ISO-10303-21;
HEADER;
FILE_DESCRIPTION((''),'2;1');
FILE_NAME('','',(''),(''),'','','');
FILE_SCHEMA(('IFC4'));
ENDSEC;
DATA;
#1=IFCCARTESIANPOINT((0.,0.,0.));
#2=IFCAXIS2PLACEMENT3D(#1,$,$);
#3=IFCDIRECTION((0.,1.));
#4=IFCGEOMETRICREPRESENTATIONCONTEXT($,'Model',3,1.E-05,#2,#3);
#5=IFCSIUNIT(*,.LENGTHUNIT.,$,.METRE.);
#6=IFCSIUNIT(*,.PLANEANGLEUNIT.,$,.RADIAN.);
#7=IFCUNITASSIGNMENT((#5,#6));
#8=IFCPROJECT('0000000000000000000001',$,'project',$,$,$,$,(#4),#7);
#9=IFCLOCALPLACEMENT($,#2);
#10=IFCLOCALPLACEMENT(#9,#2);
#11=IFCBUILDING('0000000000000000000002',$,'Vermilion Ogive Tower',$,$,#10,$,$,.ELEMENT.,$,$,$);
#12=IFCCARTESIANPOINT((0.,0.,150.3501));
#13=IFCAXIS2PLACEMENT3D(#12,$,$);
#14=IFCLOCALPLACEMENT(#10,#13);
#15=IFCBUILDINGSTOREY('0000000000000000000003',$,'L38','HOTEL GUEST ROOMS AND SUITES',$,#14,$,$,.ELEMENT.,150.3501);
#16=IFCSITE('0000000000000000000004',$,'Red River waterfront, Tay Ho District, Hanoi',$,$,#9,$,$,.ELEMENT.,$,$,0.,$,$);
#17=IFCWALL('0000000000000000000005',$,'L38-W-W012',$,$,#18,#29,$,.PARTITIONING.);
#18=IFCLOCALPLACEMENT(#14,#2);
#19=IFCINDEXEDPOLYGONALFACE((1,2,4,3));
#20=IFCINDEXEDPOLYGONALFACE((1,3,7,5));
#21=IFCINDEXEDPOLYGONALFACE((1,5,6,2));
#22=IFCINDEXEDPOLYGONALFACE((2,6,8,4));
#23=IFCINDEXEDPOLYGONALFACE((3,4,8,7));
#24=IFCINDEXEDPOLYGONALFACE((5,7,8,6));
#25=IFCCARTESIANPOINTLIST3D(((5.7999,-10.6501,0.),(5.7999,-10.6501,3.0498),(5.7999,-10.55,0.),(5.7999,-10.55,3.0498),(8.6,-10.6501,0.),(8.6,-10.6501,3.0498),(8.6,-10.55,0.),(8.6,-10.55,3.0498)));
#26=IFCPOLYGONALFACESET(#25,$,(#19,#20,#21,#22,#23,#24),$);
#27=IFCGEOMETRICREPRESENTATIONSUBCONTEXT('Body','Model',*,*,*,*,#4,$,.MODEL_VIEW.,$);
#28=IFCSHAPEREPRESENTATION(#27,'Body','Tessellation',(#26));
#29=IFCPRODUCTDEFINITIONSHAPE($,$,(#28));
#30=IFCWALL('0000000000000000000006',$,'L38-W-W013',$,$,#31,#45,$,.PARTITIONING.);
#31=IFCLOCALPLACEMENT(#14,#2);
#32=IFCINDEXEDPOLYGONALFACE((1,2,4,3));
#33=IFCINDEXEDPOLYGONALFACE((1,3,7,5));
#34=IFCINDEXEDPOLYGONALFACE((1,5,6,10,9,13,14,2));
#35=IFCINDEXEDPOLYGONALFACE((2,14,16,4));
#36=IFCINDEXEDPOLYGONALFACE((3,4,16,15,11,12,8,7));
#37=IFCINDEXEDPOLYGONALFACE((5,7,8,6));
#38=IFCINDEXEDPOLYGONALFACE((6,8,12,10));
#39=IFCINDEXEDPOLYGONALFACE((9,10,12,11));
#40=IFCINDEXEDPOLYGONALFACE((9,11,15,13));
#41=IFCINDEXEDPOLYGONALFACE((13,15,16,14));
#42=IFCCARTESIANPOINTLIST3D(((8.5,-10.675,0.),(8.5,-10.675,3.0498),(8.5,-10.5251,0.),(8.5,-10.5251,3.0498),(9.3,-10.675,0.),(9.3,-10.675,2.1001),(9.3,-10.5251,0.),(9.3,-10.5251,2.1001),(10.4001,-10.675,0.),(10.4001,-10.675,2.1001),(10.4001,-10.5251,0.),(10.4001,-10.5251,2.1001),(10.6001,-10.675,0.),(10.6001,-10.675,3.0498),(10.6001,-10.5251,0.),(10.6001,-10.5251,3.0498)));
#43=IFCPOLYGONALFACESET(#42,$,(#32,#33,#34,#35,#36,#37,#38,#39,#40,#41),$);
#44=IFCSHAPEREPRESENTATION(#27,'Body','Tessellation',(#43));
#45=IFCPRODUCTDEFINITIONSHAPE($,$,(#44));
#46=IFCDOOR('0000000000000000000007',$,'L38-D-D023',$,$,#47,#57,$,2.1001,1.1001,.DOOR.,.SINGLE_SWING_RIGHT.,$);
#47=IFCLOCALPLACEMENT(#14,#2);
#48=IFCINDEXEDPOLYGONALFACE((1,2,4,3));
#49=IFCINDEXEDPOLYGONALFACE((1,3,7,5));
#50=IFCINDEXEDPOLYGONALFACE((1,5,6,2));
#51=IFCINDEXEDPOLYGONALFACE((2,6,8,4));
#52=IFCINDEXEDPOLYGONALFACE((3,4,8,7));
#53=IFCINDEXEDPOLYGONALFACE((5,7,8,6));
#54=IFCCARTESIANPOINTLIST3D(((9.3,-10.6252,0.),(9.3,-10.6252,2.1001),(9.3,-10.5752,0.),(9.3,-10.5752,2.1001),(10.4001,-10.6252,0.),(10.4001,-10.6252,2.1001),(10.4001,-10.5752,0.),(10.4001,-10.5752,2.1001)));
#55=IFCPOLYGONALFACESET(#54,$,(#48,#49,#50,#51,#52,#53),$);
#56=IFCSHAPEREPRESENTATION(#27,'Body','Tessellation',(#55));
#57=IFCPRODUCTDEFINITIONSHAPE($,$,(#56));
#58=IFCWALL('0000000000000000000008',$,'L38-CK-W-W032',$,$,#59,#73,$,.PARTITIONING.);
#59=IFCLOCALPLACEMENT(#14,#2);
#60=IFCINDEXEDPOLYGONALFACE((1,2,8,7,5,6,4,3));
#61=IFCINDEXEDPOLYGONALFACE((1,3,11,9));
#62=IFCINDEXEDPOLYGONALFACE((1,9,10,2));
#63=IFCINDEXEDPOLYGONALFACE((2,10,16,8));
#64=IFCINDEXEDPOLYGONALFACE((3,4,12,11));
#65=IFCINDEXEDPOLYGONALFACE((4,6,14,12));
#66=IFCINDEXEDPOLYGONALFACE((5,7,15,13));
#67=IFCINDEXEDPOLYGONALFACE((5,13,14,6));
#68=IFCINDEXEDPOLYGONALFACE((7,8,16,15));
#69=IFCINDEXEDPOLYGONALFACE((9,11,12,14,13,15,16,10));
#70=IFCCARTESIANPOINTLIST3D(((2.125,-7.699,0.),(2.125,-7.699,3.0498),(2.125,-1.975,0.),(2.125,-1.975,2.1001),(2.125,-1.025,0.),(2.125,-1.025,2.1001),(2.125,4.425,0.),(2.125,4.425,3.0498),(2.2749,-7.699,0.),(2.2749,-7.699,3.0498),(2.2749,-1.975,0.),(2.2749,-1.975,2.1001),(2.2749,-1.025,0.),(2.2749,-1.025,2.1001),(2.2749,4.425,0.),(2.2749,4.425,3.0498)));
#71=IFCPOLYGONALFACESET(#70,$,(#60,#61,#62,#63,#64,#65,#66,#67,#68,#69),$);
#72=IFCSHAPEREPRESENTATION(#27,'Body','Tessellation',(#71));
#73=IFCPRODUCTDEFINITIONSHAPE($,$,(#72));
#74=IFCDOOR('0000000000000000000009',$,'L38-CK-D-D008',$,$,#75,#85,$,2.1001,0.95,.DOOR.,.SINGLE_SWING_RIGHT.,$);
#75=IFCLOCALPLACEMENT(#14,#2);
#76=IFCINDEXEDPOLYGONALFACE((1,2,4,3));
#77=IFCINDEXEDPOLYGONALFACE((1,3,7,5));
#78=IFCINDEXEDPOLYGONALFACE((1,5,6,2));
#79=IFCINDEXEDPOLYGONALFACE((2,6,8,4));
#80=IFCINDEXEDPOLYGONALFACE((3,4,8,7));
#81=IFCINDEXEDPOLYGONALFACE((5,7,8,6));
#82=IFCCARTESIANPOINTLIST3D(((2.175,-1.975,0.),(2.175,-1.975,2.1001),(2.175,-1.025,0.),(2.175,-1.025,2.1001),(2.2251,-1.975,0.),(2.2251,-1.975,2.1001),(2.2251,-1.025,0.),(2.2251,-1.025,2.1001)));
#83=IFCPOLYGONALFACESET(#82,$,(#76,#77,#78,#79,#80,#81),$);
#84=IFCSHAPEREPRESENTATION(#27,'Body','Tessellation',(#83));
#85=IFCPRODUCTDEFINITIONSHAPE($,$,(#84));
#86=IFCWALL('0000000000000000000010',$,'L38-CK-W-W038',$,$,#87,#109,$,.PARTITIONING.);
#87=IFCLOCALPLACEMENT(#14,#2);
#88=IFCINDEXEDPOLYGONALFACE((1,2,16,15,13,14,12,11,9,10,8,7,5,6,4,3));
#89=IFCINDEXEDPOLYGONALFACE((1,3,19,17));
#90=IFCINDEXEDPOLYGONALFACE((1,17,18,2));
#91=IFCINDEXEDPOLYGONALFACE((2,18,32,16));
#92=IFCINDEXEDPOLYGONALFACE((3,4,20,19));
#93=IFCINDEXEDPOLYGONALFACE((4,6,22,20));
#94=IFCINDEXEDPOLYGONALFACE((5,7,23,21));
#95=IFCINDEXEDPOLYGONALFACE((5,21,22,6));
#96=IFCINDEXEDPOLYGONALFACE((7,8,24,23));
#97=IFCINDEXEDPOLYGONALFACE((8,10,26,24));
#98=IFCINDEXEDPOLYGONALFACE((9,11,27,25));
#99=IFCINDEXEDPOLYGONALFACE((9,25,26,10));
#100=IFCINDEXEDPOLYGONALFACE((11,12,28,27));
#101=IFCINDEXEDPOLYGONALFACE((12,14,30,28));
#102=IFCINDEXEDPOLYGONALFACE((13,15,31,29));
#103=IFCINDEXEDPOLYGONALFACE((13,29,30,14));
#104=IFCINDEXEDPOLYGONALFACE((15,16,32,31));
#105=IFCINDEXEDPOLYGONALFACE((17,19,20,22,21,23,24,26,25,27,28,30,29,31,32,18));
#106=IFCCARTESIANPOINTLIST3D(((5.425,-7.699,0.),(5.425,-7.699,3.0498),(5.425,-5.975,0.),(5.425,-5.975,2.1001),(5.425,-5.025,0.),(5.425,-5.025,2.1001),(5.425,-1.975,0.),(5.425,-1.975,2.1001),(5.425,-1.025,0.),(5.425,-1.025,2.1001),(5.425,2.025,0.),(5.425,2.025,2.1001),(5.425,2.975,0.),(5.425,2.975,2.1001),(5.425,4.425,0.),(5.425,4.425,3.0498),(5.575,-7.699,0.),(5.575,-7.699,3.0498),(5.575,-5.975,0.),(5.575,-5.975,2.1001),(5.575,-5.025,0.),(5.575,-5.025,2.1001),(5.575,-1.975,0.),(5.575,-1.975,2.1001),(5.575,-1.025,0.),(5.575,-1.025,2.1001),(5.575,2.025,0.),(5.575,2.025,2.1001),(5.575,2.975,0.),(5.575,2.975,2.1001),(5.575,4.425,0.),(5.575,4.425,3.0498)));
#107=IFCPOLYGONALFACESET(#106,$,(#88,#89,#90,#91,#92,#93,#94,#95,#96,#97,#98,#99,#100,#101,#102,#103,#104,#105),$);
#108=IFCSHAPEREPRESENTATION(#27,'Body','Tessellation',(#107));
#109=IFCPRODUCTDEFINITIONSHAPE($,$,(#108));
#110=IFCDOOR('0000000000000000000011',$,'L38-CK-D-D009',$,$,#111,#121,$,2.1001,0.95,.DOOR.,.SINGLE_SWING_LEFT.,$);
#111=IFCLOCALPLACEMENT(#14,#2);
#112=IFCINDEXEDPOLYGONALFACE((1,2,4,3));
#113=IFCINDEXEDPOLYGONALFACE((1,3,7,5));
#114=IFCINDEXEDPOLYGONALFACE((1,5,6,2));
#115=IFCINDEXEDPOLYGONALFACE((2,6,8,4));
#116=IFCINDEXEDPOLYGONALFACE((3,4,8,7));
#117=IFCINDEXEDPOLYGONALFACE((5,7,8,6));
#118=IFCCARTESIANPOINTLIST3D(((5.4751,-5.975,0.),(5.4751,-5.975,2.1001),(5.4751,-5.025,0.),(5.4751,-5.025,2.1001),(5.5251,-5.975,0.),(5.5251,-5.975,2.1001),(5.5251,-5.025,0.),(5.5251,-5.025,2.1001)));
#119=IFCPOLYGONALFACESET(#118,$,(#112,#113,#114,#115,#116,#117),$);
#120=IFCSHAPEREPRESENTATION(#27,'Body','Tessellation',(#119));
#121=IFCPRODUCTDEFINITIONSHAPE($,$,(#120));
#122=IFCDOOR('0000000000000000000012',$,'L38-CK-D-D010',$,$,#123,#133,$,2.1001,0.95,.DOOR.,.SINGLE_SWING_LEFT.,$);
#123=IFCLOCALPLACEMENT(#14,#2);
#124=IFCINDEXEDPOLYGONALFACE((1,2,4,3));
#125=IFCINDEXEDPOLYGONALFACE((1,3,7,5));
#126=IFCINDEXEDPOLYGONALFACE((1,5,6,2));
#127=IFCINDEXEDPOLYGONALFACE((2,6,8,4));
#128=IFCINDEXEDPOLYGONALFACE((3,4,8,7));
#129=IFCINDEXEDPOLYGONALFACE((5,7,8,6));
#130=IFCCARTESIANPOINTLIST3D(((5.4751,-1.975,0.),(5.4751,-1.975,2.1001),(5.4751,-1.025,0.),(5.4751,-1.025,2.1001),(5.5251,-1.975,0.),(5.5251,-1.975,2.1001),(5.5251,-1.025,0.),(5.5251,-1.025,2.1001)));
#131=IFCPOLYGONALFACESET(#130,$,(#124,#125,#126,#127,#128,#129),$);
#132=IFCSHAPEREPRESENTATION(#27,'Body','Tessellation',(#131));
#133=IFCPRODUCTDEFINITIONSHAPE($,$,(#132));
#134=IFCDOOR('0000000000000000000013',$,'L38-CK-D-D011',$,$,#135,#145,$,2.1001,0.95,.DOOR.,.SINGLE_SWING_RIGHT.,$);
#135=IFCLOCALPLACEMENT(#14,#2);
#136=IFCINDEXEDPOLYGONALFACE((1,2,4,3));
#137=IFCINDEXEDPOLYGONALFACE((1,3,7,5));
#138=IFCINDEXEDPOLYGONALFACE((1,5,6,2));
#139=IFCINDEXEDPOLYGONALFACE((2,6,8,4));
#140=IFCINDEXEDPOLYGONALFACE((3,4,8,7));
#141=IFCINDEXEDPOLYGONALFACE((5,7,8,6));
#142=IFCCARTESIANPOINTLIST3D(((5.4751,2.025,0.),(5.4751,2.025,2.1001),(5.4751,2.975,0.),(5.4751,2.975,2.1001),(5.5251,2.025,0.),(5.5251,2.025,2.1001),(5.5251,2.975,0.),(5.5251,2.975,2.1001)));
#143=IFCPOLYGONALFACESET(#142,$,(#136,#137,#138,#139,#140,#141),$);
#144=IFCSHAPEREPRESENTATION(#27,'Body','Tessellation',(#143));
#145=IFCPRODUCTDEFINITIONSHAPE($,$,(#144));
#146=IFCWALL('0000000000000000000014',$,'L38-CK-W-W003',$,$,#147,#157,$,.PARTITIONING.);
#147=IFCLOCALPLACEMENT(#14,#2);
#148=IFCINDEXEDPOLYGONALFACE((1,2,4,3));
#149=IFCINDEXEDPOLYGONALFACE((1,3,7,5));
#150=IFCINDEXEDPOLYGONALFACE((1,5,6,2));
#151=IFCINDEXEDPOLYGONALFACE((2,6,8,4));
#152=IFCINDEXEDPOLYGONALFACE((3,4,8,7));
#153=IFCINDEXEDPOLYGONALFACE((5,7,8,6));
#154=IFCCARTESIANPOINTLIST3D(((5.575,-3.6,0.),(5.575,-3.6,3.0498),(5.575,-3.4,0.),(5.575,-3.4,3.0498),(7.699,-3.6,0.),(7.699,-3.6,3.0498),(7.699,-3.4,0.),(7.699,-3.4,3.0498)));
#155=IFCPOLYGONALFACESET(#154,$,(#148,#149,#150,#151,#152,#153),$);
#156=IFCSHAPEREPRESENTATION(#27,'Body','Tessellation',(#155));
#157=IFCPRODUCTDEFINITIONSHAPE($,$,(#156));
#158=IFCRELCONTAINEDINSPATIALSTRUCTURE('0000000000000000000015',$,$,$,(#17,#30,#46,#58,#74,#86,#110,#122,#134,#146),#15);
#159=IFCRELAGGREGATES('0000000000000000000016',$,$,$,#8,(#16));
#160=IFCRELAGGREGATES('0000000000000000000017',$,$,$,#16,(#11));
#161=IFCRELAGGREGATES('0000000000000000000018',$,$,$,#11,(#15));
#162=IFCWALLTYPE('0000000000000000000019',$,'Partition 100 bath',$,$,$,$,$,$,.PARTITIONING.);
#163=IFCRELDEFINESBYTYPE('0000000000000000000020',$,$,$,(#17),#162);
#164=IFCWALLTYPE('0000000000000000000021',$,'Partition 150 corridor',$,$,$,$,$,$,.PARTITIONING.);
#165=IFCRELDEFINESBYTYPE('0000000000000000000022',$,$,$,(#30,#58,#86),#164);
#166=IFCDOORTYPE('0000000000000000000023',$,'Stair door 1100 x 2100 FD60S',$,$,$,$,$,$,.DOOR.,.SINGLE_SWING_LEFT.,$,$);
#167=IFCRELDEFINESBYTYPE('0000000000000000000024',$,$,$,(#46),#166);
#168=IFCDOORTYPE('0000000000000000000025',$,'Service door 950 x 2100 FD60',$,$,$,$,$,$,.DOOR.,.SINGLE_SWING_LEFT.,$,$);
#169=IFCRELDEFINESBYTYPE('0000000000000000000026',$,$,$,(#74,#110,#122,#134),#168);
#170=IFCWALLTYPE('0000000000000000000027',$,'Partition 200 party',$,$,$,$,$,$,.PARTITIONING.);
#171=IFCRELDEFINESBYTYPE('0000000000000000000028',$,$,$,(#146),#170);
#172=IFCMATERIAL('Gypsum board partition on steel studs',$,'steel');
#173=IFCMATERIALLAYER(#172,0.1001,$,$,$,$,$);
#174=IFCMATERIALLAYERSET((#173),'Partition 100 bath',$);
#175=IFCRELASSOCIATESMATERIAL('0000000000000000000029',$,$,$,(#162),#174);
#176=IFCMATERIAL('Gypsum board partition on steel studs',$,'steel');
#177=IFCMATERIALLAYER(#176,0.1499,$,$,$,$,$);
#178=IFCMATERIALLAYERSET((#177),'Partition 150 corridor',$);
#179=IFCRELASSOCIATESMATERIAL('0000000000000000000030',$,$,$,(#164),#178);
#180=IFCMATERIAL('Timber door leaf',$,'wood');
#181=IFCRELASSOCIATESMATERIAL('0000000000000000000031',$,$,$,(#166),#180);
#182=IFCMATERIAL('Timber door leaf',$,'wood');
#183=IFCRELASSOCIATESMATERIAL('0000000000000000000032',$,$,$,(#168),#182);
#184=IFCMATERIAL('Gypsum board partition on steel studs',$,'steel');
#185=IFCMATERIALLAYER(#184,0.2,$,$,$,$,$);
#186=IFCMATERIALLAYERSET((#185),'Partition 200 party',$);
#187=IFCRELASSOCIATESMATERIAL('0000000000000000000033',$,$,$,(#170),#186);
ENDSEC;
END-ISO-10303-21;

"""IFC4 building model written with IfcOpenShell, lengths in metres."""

from ifc_helpers import new_model, si_unit, direction, frame, frame_2d, origin, place, context, subcontext, project, spatial, rectangle, extrude, material, layer, layer_set, type_object, element, fill, save


model = new_model("IFC4")

# Units and contexts
model_context = context("Model", 3, precision=1e-05, world=origin(), true_north=direction((0.0, 1.0)))
body_context = subcontext(model_context, "Body", "Model", "MODEL_VIEW")
ifc_project = project(units=[si_unit("LENGTHUNIT", "METRE"), si_unit("PLANEANGLEUNIT", "RADIAN")], contexts=[model_context])

# Site, building, storey
site_placement = place(None, origin())
site = spatial("IfcSite", under=ifc_project, at=site_placement, Name="Red River waterfront, Tay Ho District, Hanoi", CompositionType="ELEMENT", RefElevation=0.0)
building_placement = place(site_placement, origin())
building = spatial("IfcBuilding", under=site, at=building_placement, Name="Vermilion Ogive Tower", CompositionType="ELEMENT")
storey_placement = place(building_placement, frame((0.0, 0.0, 150.3501)))
storey = spatial("IfcBuildingStorey", under=building, at=storey_placement, Name="L38", Description="HOTEL GUEST ROOMS AND SUITES", CompositionType="ELEMENT", Elevation=150.3501)

# Wall
ifc_material_1 = material(Name="Gypsum board partition on steel studs", Category="steel")
ifc_layer_1 = layer(ifc_material_1, 0.1001)
ifc_layer_set_1 = layer_set([ifc_layer_1], Name="Partition 100 bath")
wall_type_1 = type_object("IfcWallType", Name="Partition 100 bath", PredefinedType="PARTITIONING", material=ifc_layer_set_1)
wall_1_placement = place(storey_placement, frame((5.8, -10.6001, 0.0), z_axis=(0.0, 0.0, 1.0), x_axis=(1.0, 0.0, 0.0)))
element("IfcWall", 1, at=wall_1_placement, inside=storey, type_object=wall_type_1, Name="L38-W-W012", PredefinedType="PARTITIONING", context=body_context, shape_type="SweptSolid", body=[
    extrude(rectangle(XDim=2.8, YDim=0.1001, at=frame_2d((1.3999, 0.0))), origin(), (0.0, 0.0, 1.0), 3.0498),
])

# Walls, openings, doors
ifc_material_2 = material(Name="Gypsum board partition on steel studs", Category="steel")
ifc_layer_2 = layer(ifc_material_2, 0.1499)
ifc_layer_set_2 = layer_set([ifc_layer_2], Name="Partition 150 corridor")
wall_type_2 = type_object("IfcWallType", Name="Partition 150 corridor", PredefinedType="PARTITIONING", material=ifc_layer_set_2)
wall_2_placement = place(storey_placement, frame((8.5, -10.6001, 0.0), z_axis=(0.0, 0.0, 1.0), x_axis=(1.0, 0.0, 0.0)))
wall_2 = element("IfcWall", 2, at=wall_2_placement, inside=storey, type_object=wall_type_2, Name="L38-W-W013", PredefinedType="PARTITIONING", context=body_context, shape_type="SweptSolid", body=[
    extrude(rectangle(XDim=2.1001, YDim=0.1499, at=frame_2d((1.05, 0.0))), origin(), (0.0, 0.0, 1.0), 3.0498),
])
opening_1_placement = place(wall_2_placement, frame((0.8, 0.0, 0.0)))
opening_1 = element("IfcOpeningElement", 3, at=opening_1_placement, cuts=wall_2, PredefinedType="OPENING", context=body_context, shape_type="SweptSolid", body=[
    extrude(rectangle(XDim=1.1001, YDim=2.1001, at=frame_2d((0.55, 1.05))), frame((0.0, 0.085, 0.0), z_axis=(0.0, -1.0, 0.0), x_axis=(1.0, 0.0, 0.0)), (0.0, 0.0, 1.0), 0.1699),
])
ifc_material_3 = material(Name="Timber door leaf", Category="wood")
door_type_1 = type_object("IfcDoorType", Name="Stair door 1100 x 2100 FD60S", OperationType="SINGLE_SWING_LEFT", PredefinedType="DOOR", material=ifc_material_3)
door_1_placement = place(opening_1_placement, origin())
door_1 = element("IfcDoor", 4, at=door_1_placement, inside=storey, type_object=door_type_1, Name="L38-D-D023", OperationType="SINGLE_SWING_RIGHT", OverallHeight=2.1001, OverallWidth=1.1001, PredefinedType="DOOR", context=body_context, shape_type="SweptSolid", body=[
    extrude(rectangle(XDim=1.1001, YDim=2.1001, at=frame_2d((0.55, 1.05))), frame((0.0, 0.0249, 0.0), z_axis=(0.0, -1.0, 0.0), x_axis=(1.0, 0.0, 0.0)), (0.0, 0.0, 1.0), 0.05),
])
fill(opening_1, door_1)
wall_3_placement = place(storey_placement, frame((2.2, -7.699, 0.0), z_axis=(0.0, 0.0, 1.0), x_axis=(0.0, 1.0, 0.0)))
wall_3 = element("IfcWall", 5, at=wall_3_placement, inside=storey, type_object=wall_type_2, Name="L38-CK-W-W032", PredefinedType="PARTITIONING", context=body_context, shape_type="SweptSolid", body=[
    extrude(rectangle(XDim=12.124, YDim=0.1499, at=frame_2d((6.062, 0.0))), origin(), (0.0, 0.0, 1.0), 3.0498),
])
opening_2_placement = place(wall_3_placement, frame((5.7239, 0.0, 0.0)))
opening_2 = element("IfcOpeningElement", 6, at=opening_2_placement, cuts=wall_3, PredefinedType="OPENING", context=body_context, shape_type="SweptSolid", body=[
    extrude(rectangle(XDim=0.95, YDim=2.1001, at=frame_2d((0.4751, 1.05))), frame((0.0, 0.085, 0.0), z_axis=(0.0, -1.0, 0.0), x_axis=(1.0, 0.0, 0.0)), (0.0, 0.0, 1.0), 0.1699),
])
ifc_material_4 = material(Name="Timber door leaf", Category="wood")
door_type_2 = type_object("IfcDoorType", Name="Service door 950 x 2100 FD60", OperationType="SINGLE_SWING_LEFT", PredefinedType="DOOR", material=ifc_material_4)
door_2_placement = place(opening_2_placement, origin())
door_2 = element("IfcDoor", 7, at=door_2_placement, inside=storey, type_object=door_type_2, Name="L38-CK-D-D008", OperationType="SINGLE_SWING_RIGHT", OverallHeight=2.1001, OverallWidth=0.95, PredefinedType="DOOR", context=body_context, shape_type="SweptSolid", body=[
    extrude(rectangle(XDim=0.95, YDim=2.1001, at=frame_2d((0.4751, 1.05))), frame((0.0, 0.0249, 0.0), z_axis=(0.0, -1.0, 0.0), x_axis=(1.0, 0.0, 0.0)), (0.0, 0.0, 1.0), 0.05),
])
fill(opening_2, door_2)

# Wall, openings, doors
wall_4_placement = place(storey_placement, frame((5.5, -7.699, 0.0), z_axis=(0.0, 0.0, 1.0), x_axis=(0.0, 1.0, 0.0)))
wall_4 = element("IfcWall", 8, at=wall_4_placement, inside=storey, type_object=wall_type_2, Name="L38-CK-W-W038", PredefinedType="PARTITIONING", context=body_context, shape_type="SweptSolid", body=[
    extrude(rectangle(XDim=12.124, YDim=0.1499, at=frame_2d((6.062, 0.0))), origin(), (0.0, 0.0, 1.0), 3.0498),
])
opening_3_placement = place(wall_4_placement, frame((1.7239, 0.0, 0.0)))
opening_3 = element("IfcOpeningElement", 9, at=opening_3_placement, cuts=wall_4, PredefinedType="OPENING", context=body_context, shape_type="SweptSolid", body=[
    extrude(rectangle(XDim=0.95, YDim=2.1001, at=frame_2d((0.4751, 1.05))), frame((0.0, 0.085, 0.0), z_axis=(0.0, -1.0, 0.0), x_axis=(1.0, 0.0, 0.0)), (0.0, 0.0, 1.0), 0.1699),
])
opening_4_placement = place(wall_4_placement, frame((5.7239, 0.0, 0.0)))
opening_4 = element("IfcOpeningElement", 10, at=opening_4_placement, cuts=wall_4, PredefinedType="OPENING", context=body_context, shape_type="SweptSolid", body=[
    extrude(rectangle(XDim=0.95, YDim=2.1001, at=frame_2d((0.4751, 1.05))), frame((0.0, 0.085, 0.0), z_axis=(0.0, -1.0, 0.0), x_axis=(1.0, 0.0, 0.0)), (0.0, 0.0, 1.0), 0.1699),
])
opening_5_placement = place(wall_4_placement, frame((9.7239, 0.0, 0.0)))
opening_5 = element("IfcOpeningElement", 11, at=opening_5_placement, cuts=wall_4, PredefinedType="OPENING", context=body_context, shape_type="SweptSolid", body=[
    extrude(rectangle(XDim=0.95, YDim=2.1001, at=frame_2d((0.4751, 1.05))), frame((0.0, 0.085, 0.0), z_axis=(0.0, -1.0, 0.0), x_axis=(1.0, 0.0, 0.0)), (0.0, 0.0, 1.0), 0.1699),
])
door_3_placement = place(opening_3_placement, origin())
door_3 = element("IfcDoor", 12, at=door_3_placement, inside=storey, type_object=door_type_2, Name="L38-CK-D-D009", OperationType="SINGLE_SWING_LEFT", OverallHeight=2.1001, OverallWidth=0.95, PredefinedType="DOOR", context=body_context, shape_type="SweptSolid", body=[
    extrude(rectangle(XDim=0.95, YDim=2.1001, at=frame_2d((0.4751, 1.05))), frame((0.0, 0.0249, 0.0), z_axis=(0.0, -1.0, 0.0), x_axis=(1.0, 0.0, 0.0)), (0.0, 0.0, 1.0), 0.05),
])
fill(opening_3, door_3)
door_4_placement = place(opening_4_placement, origin())
door_4 = element("IfcDoor", 13, at=door_4_placement, inside=storey, type_object=door_type_2, Name="L38-CK-D-D010", OperationType="SINGLE_SWING_LEFT", OverallHeight=2.1001, OverallWidth=0.95, PredefinedType="DOOR", context=body_context, shape_type="SweptSolid", body=[
    extrude(rectangle(XDim=0.95, YDim=2.1001, at=frame_2d((0.4751, 1.05))), frame((0.0, 0.0249, 0.0), z_axis=(0.0, -1.0, 0.0), x_axis=(1.0, 0.0, 0.0)), (0.0, 0.0, 1.0), 0.05),
])
fill(opening_4, door_4)
door_5_placement = place(opening_5_placement, origin())
door_5 = element("IfcDoor", 14, at=door_5_placement, inside=storey, type_object=door_type_2, Name="L38-CK-D-D011", OperationType="SINGLE_SWING_RIGHT", OverallHeight=2.1001, OverallWidth=0.95, PredefinedType="DOOR", context=body_context, shape_type="SweptSolid", body=[
    extrude(rectangle(XDim=0.95, YDim=2.1001, at=frame_2d((0.4751, 1.05))), frame((0.0, 0.0249, 0.0), z_axis=(0.0, -1.0, 0.0), x_axis=(1.0, 0.0, 0.0)), (0.0, 0.0, 1.0), 0.05),
])
fill(opening_5, door_5)

# Wall
ifc_material_5 = material(Name="Gypsum board partition on steel studs", Category="steel")
ifc_layer_3 = layer(ifc_material_5, 0.2)
ifc_layer_set_3 = layer_set([ifc_layer_3], Name="Partition 200 party")
wall_type_3 = type_object("IfcWallType", Name="Partition 200 party", PredefinedType="PARTITIONING", material=ifc_layer_set_3)
wall_5_placement = place(storey_placement, frame((5.575, -3.5, 0.0), z_axis=(0.0, 0.0, 1.0), x_axis=(1.0, 0.0, 0.0)))
element("IfcWall", 15, at=wall_5_placement, inside=storey, type_object=wall_type_3, Name="L38-CK-W-W003", PredefinedType="PARTITIONING", context=body_context, shape_type="SweptSolid", body=[
    extrude(rectangle(XDim=2.124, YDim=0.2, at=frame_2d((1.062, 0.0))), origin(), (0.0, 0.0, 1.0), 3.0498),
])

save(model, "model.ifc")
